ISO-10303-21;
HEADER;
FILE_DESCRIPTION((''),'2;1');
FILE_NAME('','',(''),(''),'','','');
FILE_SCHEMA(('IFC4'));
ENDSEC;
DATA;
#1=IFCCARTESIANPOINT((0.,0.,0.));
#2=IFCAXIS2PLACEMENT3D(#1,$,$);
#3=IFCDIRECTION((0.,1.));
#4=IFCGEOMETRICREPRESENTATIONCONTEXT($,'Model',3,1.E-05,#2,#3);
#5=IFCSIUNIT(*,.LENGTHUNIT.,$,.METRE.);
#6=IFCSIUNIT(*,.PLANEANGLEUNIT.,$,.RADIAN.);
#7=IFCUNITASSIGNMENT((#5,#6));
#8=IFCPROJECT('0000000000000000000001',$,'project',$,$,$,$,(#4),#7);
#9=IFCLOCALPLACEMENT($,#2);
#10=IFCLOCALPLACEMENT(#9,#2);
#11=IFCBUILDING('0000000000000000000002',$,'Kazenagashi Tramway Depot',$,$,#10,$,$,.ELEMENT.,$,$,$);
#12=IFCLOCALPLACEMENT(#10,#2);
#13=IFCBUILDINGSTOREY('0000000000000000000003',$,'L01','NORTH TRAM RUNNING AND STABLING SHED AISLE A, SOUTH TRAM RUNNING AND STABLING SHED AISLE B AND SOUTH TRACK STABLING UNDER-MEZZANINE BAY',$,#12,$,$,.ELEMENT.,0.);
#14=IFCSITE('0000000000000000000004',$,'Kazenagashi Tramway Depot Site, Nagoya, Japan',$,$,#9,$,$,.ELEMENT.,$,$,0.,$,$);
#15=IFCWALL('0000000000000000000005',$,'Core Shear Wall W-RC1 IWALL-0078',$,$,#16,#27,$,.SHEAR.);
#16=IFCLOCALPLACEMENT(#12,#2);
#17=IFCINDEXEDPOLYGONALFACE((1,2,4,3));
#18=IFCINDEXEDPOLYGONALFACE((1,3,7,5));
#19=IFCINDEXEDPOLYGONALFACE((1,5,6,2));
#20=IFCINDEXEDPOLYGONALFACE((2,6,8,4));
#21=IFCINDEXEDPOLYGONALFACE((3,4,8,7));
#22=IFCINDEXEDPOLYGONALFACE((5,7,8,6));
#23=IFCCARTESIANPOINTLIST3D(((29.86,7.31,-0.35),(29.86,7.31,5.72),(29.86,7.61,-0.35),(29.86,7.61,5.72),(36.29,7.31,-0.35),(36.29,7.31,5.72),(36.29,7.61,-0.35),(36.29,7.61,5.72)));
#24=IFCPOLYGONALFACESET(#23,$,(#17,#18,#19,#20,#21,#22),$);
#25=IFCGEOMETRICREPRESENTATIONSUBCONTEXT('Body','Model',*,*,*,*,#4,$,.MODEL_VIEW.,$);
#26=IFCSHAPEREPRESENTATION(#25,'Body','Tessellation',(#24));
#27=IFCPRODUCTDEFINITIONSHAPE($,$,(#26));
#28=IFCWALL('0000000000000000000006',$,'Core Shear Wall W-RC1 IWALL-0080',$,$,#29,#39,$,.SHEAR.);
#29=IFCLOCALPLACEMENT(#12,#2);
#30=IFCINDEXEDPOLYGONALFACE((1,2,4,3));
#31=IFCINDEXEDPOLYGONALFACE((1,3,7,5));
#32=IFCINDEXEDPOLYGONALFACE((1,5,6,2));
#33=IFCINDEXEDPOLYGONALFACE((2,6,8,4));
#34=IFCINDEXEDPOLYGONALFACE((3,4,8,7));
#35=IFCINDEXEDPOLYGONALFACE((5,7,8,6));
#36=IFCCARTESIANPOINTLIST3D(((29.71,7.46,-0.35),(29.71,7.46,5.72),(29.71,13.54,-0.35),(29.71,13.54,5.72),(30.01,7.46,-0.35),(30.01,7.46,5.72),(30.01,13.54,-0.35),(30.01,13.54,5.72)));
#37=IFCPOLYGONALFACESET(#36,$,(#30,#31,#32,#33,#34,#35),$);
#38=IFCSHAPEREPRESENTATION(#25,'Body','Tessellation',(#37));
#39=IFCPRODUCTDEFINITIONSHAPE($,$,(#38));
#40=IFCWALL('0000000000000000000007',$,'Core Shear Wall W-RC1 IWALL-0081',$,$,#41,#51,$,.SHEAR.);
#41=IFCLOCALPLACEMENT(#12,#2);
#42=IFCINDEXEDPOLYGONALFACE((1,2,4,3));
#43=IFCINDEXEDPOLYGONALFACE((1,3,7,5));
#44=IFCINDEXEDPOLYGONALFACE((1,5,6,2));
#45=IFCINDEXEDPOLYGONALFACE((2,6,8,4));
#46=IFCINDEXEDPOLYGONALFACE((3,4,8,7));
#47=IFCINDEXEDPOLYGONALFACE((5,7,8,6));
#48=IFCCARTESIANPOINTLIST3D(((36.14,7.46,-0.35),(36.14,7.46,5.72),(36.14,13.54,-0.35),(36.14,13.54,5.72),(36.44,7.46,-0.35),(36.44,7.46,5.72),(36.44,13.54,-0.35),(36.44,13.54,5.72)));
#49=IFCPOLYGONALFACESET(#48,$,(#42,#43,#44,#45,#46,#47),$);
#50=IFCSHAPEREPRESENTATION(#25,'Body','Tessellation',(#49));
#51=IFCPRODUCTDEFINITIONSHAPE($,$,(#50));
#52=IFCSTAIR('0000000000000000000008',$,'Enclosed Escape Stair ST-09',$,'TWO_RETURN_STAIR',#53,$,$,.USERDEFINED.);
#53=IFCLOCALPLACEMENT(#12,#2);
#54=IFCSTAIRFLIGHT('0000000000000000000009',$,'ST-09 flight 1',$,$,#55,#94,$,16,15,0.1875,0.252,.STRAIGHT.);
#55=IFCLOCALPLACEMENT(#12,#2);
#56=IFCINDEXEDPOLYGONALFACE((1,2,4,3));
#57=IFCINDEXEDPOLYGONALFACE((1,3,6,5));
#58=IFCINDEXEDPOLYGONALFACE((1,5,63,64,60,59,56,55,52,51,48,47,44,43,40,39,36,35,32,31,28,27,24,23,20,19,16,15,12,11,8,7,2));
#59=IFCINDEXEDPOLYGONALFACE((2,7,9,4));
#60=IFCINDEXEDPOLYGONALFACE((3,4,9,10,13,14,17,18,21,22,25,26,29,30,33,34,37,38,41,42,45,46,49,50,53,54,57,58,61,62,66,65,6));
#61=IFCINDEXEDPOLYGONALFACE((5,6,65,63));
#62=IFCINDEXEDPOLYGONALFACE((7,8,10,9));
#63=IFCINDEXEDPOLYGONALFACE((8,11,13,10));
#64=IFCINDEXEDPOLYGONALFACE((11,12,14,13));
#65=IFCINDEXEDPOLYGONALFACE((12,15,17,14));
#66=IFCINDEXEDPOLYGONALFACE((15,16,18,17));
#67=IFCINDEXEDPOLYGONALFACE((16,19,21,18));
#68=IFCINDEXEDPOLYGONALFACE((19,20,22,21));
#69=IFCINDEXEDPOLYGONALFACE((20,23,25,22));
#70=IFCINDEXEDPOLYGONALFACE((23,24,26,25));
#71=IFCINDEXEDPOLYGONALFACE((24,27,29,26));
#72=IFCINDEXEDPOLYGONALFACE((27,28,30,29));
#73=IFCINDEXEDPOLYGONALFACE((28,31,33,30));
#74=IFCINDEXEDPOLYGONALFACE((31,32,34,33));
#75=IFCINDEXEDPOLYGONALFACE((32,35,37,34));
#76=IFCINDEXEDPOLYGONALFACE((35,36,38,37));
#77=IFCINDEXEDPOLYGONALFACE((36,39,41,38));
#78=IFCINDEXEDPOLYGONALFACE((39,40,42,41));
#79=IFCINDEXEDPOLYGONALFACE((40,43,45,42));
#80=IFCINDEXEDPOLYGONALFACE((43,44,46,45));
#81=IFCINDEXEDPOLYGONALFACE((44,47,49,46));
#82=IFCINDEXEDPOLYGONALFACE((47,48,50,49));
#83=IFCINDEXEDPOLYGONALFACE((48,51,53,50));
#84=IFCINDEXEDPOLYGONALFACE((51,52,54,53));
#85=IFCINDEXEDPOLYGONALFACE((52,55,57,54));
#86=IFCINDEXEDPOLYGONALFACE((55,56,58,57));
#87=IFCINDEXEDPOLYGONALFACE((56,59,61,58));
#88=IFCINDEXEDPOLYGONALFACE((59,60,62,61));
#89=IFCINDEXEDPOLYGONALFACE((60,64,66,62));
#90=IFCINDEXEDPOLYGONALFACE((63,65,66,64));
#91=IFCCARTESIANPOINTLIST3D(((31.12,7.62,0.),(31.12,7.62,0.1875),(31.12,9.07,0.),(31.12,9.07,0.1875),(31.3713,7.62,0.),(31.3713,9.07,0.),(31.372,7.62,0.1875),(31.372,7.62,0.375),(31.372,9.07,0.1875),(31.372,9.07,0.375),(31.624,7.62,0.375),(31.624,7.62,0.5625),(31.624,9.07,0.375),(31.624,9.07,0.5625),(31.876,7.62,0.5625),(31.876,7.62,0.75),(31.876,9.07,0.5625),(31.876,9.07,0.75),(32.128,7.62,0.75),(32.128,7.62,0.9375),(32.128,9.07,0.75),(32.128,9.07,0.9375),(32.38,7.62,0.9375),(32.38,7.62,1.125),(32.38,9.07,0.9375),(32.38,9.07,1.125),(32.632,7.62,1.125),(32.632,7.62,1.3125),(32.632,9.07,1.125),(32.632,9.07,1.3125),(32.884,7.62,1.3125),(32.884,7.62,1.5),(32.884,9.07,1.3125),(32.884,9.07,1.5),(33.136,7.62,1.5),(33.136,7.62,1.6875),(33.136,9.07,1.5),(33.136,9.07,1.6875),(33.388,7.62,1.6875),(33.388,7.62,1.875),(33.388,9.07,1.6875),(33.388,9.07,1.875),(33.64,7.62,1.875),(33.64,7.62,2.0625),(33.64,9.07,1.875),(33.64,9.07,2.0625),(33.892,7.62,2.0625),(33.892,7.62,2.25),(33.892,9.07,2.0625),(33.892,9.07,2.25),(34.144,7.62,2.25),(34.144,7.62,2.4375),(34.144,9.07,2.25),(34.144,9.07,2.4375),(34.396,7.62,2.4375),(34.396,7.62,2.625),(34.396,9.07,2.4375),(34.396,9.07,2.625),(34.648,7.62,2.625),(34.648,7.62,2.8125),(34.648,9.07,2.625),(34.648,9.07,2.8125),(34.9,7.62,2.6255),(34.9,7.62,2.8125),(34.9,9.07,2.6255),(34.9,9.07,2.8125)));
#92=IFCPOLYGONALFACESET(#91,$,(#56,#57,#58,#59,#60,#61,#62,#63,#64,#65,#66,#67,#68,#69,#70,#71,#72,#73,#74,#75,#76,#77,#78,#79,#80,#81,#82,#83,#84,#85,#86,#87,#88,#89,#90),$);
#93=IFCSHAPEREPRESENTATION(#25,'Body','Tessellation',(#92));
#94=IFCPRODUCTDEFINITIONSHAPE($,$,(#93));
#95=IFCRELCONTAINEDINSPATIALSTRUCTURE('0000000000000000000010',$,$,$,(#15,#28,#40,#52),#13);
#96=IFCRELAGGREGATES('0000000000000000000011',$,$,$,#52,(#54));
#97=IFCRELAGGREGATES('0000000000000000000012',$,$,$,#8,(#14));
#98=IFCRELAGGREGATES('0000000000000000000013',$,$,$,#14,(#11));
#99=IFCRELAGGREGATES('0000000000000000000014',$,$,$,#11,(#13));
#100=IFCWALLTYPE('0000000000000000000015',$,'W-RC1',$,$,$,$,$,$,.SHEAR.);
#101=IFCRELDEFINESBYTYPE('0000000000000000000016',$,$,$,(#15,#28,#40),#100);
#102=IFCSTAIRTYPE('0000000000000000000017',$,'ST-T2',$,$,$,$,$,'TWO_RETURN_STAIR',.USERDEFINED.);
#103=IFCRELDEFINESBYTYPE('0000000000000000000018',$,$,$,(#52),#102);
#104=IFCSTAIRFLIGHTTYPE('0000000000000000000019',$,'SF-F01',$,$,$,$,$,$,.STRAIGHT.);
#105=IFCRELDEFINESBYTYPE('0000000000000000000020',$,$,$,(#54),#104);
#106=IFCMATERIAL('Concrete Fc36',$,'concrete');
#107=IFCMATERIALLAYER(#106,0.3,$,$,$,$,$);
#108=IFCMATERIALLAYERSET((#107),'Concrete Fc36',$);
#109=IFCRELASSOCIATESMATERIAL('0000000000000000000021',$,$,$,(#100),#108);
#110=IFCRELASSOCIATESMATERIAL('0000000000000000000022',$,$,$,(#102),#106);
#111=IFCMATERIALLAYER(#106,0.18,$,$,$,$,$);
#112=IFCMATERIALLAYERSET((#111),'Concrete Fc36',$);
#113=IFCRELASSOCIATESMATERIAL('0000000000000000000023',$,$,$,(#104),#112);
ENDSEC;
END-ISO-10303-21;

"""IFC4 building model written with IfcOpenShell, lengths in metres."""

from ifc_helpers import new_model, si_unit, direction, frame, frame_2d, origin, place, context, subcontext, project, spatial, polyline, rectangle, outline, extrude, material, layer, layer_set, type_object, element, aggregate, save


model = new_model("IFC4")

# Units and contexts
model_context = context("Model", 3, precision=1e-05, world=origin(), true_north=direction((0.0, 1.0)))
body_context = subcontext(model_context, "Body", "Model", "MODEL_VIEW")
ifc_project = project(units=[si_unit("LENGTHUNIT", "METRE"), si_unit("PLANEANGLEUNIT", "RADIAN")], contexts=[model_context])

# Site, building, storey
site_placement = place(None, origin())
site = spatial("IfcSite", under=ifc_project, at=site_placement, Name="Kazenagashi Tramway Depot Site, Nagoya, Japan", CompositionType="ELEMENT", RefElevation=0.0)
building_placement = place(site_placement, origin())
building = spatial("IfcBuilding", under=site, at=building_placement, Name="Kazenagashi Tramway Depot", CompositionType="ELEMENT")
storey_placement = place(building_placement, origin())
storey = spatial("IfcBuildingStorey", under=building, at=storey_placement, Name="L01", Description="NORTH TRAM RUNNING AND STABLING SHED AISLE A, SOUTH TRAM RUNNING AND STABLING SHED AISLE B AND SOUTH TRACK STABLING UNDER-MEZZANINE BAY", CompositionType="ELEMENT", Elevation=0.0)

# Walls
ifc_material_1 = material(Name="Concrete Fc36", Category="concrete")
ifc_layer_1 = layer(ifc_material_1, 0.3)
ifc_layer_set_1 = layer_set([ifc_layer_1], Name="Concrete Fc36")
wall_type = type_object("IfcWallType", Name="W-RC1", PredefinedType="SHEAR", material=ifc_layer_set_1)
wall_placement = place(storey_placement, frame((29.86, 7.46, -0.35), z_axis=(0.0, 0.0, 1.0), x_axis=(1.0, 0.0, 0.0)))
element("IfcWall", 1, at=wall_placement, inside=storey, type_object=wall_type, Name="Core Shear Wall W-RC1 IWALL-0078", PredefinedType="SHEAR", context=body_context, shape_type="SweptSolid", body=[
    extrude(rectangle(XDim=6.43, YDim=0.3, at=frame_2d((3.215, 0.0))), origin(), (0.0, 0.0, 1.0), 6.07),
])
for number, where, z_axis, x_axis, name in (
    (2, (29.86, 7.46, -0.35), (0.0, 0.0, 1.0), (0.0, 1.0, 0.0), "Core Shear Wall W-RC1 IWALL-0080"),
    (3, (36.29, 7.46, -0.35), (0.0, 0.0, 1.0), (0.0, 1.0, 0.0), "Core Shear Wall W-RC1 IWALL-0081"),
):
    element("IfcWall", number, at=place(storey_placement, frame(where, z_axis=z_axis, x_axis=x_axis)), inside=storey, type_object=wall_type, Name=name, PredefinedType="SHEAR", context=body_context, shape_type="SweptSolid", body=[
        extrude(rectangle(XDim=6.08, YDim=0.3, at=frame_2d((3.04, 0.0))), origin(), (0.0, 0.0, 1.0), 6.07),
    ])

# Stair, stair flight
stair_type = type_object("IfcStairType", Name="ST-T2", ElementType="TWO_RETURN_STAIR", PredefinedType="USERDEFINED", material=ifc_material_1)
stair_placement = place(storey_placement, origin())
stair = element("IfcStair", 4, at=stair_placement, inside=storey, type_object=stair_type, Name="Enclosed Escape Stair ST-09", ObjectType="TWO_RETURN_STAIR", PredefinedType="USERDEFINED")
ifc_layer_2 = layer(ifc_material_1, 0.18)
ifc_layer_set_2 = layer_set([ifc_layer_2], Name="Concrete Fc36")
stair_flight_type = type_object("IfcStairFlightType", Name="SF-F01", PredefinedType="STRAIGHT", material=ifc_layer_set_2)
stair_flight_placement = place(storey_placement, frame((31.12, 8.345, 0.0), z_axis=(0.0, 0.0, 1.0), x_axis=(1.0, 0.0, 0.0)))
stair_flight = element("IfcStairFlight", 5, at=stair_flight_placement, type_object=stair_flight_type, Name="ST-09 flight 1", NumberOfRisers=16, NumberOfTreads=15, PredefinedType="STRAIGHT", RiserHeight=0.1875, TreadLength=0.252, context=body_context, shape_type="SweptSolid", body=[
    extrude(outline(polyline([(0.0, 0.0), (0.0, 0.1875), (0.252, 0.1875), (0.252, 0.375), (0.504, 0.375), (0.504, 0.5625), (0.756, 0.5625), (0.756, 0.75), (1.008, 0.75), (1.008, 0.9375), (1.26, 0.9375), (1.26, 1.125), (1.512, 1.125), (1.512, 1.3125), (1.764, 1.3125), (1.764, 1.5), (2.016, 1.5), (2.016, 1.6875), (2.268, 1.6875), (2.268, 1.875), (2.52, 1.875), (2.52, 2.0625), (2.772, 2.0625), (2.772, 2.25), (3.024, 2.25), (3.024, 2.4375), (3.276, 2.4375), (3.276, 2.625), (3.528, 2.625), (3.528, 2.8125), (3.78, 2.8125), (3.78, 3.0), (3.78, 2.6255), (0.2513, 0.0), (0.0, 0.0)])), frame((0.0, 0.725, 0.0), z_axis=(0.0, -1.0, 0.0), x_axis=(1.0, 0.0, 0.0)), (0.0, 0.0, 1.0), 1.45),
])
aggregate(stair, [stair_flight])

save(model, "model.ifc")
